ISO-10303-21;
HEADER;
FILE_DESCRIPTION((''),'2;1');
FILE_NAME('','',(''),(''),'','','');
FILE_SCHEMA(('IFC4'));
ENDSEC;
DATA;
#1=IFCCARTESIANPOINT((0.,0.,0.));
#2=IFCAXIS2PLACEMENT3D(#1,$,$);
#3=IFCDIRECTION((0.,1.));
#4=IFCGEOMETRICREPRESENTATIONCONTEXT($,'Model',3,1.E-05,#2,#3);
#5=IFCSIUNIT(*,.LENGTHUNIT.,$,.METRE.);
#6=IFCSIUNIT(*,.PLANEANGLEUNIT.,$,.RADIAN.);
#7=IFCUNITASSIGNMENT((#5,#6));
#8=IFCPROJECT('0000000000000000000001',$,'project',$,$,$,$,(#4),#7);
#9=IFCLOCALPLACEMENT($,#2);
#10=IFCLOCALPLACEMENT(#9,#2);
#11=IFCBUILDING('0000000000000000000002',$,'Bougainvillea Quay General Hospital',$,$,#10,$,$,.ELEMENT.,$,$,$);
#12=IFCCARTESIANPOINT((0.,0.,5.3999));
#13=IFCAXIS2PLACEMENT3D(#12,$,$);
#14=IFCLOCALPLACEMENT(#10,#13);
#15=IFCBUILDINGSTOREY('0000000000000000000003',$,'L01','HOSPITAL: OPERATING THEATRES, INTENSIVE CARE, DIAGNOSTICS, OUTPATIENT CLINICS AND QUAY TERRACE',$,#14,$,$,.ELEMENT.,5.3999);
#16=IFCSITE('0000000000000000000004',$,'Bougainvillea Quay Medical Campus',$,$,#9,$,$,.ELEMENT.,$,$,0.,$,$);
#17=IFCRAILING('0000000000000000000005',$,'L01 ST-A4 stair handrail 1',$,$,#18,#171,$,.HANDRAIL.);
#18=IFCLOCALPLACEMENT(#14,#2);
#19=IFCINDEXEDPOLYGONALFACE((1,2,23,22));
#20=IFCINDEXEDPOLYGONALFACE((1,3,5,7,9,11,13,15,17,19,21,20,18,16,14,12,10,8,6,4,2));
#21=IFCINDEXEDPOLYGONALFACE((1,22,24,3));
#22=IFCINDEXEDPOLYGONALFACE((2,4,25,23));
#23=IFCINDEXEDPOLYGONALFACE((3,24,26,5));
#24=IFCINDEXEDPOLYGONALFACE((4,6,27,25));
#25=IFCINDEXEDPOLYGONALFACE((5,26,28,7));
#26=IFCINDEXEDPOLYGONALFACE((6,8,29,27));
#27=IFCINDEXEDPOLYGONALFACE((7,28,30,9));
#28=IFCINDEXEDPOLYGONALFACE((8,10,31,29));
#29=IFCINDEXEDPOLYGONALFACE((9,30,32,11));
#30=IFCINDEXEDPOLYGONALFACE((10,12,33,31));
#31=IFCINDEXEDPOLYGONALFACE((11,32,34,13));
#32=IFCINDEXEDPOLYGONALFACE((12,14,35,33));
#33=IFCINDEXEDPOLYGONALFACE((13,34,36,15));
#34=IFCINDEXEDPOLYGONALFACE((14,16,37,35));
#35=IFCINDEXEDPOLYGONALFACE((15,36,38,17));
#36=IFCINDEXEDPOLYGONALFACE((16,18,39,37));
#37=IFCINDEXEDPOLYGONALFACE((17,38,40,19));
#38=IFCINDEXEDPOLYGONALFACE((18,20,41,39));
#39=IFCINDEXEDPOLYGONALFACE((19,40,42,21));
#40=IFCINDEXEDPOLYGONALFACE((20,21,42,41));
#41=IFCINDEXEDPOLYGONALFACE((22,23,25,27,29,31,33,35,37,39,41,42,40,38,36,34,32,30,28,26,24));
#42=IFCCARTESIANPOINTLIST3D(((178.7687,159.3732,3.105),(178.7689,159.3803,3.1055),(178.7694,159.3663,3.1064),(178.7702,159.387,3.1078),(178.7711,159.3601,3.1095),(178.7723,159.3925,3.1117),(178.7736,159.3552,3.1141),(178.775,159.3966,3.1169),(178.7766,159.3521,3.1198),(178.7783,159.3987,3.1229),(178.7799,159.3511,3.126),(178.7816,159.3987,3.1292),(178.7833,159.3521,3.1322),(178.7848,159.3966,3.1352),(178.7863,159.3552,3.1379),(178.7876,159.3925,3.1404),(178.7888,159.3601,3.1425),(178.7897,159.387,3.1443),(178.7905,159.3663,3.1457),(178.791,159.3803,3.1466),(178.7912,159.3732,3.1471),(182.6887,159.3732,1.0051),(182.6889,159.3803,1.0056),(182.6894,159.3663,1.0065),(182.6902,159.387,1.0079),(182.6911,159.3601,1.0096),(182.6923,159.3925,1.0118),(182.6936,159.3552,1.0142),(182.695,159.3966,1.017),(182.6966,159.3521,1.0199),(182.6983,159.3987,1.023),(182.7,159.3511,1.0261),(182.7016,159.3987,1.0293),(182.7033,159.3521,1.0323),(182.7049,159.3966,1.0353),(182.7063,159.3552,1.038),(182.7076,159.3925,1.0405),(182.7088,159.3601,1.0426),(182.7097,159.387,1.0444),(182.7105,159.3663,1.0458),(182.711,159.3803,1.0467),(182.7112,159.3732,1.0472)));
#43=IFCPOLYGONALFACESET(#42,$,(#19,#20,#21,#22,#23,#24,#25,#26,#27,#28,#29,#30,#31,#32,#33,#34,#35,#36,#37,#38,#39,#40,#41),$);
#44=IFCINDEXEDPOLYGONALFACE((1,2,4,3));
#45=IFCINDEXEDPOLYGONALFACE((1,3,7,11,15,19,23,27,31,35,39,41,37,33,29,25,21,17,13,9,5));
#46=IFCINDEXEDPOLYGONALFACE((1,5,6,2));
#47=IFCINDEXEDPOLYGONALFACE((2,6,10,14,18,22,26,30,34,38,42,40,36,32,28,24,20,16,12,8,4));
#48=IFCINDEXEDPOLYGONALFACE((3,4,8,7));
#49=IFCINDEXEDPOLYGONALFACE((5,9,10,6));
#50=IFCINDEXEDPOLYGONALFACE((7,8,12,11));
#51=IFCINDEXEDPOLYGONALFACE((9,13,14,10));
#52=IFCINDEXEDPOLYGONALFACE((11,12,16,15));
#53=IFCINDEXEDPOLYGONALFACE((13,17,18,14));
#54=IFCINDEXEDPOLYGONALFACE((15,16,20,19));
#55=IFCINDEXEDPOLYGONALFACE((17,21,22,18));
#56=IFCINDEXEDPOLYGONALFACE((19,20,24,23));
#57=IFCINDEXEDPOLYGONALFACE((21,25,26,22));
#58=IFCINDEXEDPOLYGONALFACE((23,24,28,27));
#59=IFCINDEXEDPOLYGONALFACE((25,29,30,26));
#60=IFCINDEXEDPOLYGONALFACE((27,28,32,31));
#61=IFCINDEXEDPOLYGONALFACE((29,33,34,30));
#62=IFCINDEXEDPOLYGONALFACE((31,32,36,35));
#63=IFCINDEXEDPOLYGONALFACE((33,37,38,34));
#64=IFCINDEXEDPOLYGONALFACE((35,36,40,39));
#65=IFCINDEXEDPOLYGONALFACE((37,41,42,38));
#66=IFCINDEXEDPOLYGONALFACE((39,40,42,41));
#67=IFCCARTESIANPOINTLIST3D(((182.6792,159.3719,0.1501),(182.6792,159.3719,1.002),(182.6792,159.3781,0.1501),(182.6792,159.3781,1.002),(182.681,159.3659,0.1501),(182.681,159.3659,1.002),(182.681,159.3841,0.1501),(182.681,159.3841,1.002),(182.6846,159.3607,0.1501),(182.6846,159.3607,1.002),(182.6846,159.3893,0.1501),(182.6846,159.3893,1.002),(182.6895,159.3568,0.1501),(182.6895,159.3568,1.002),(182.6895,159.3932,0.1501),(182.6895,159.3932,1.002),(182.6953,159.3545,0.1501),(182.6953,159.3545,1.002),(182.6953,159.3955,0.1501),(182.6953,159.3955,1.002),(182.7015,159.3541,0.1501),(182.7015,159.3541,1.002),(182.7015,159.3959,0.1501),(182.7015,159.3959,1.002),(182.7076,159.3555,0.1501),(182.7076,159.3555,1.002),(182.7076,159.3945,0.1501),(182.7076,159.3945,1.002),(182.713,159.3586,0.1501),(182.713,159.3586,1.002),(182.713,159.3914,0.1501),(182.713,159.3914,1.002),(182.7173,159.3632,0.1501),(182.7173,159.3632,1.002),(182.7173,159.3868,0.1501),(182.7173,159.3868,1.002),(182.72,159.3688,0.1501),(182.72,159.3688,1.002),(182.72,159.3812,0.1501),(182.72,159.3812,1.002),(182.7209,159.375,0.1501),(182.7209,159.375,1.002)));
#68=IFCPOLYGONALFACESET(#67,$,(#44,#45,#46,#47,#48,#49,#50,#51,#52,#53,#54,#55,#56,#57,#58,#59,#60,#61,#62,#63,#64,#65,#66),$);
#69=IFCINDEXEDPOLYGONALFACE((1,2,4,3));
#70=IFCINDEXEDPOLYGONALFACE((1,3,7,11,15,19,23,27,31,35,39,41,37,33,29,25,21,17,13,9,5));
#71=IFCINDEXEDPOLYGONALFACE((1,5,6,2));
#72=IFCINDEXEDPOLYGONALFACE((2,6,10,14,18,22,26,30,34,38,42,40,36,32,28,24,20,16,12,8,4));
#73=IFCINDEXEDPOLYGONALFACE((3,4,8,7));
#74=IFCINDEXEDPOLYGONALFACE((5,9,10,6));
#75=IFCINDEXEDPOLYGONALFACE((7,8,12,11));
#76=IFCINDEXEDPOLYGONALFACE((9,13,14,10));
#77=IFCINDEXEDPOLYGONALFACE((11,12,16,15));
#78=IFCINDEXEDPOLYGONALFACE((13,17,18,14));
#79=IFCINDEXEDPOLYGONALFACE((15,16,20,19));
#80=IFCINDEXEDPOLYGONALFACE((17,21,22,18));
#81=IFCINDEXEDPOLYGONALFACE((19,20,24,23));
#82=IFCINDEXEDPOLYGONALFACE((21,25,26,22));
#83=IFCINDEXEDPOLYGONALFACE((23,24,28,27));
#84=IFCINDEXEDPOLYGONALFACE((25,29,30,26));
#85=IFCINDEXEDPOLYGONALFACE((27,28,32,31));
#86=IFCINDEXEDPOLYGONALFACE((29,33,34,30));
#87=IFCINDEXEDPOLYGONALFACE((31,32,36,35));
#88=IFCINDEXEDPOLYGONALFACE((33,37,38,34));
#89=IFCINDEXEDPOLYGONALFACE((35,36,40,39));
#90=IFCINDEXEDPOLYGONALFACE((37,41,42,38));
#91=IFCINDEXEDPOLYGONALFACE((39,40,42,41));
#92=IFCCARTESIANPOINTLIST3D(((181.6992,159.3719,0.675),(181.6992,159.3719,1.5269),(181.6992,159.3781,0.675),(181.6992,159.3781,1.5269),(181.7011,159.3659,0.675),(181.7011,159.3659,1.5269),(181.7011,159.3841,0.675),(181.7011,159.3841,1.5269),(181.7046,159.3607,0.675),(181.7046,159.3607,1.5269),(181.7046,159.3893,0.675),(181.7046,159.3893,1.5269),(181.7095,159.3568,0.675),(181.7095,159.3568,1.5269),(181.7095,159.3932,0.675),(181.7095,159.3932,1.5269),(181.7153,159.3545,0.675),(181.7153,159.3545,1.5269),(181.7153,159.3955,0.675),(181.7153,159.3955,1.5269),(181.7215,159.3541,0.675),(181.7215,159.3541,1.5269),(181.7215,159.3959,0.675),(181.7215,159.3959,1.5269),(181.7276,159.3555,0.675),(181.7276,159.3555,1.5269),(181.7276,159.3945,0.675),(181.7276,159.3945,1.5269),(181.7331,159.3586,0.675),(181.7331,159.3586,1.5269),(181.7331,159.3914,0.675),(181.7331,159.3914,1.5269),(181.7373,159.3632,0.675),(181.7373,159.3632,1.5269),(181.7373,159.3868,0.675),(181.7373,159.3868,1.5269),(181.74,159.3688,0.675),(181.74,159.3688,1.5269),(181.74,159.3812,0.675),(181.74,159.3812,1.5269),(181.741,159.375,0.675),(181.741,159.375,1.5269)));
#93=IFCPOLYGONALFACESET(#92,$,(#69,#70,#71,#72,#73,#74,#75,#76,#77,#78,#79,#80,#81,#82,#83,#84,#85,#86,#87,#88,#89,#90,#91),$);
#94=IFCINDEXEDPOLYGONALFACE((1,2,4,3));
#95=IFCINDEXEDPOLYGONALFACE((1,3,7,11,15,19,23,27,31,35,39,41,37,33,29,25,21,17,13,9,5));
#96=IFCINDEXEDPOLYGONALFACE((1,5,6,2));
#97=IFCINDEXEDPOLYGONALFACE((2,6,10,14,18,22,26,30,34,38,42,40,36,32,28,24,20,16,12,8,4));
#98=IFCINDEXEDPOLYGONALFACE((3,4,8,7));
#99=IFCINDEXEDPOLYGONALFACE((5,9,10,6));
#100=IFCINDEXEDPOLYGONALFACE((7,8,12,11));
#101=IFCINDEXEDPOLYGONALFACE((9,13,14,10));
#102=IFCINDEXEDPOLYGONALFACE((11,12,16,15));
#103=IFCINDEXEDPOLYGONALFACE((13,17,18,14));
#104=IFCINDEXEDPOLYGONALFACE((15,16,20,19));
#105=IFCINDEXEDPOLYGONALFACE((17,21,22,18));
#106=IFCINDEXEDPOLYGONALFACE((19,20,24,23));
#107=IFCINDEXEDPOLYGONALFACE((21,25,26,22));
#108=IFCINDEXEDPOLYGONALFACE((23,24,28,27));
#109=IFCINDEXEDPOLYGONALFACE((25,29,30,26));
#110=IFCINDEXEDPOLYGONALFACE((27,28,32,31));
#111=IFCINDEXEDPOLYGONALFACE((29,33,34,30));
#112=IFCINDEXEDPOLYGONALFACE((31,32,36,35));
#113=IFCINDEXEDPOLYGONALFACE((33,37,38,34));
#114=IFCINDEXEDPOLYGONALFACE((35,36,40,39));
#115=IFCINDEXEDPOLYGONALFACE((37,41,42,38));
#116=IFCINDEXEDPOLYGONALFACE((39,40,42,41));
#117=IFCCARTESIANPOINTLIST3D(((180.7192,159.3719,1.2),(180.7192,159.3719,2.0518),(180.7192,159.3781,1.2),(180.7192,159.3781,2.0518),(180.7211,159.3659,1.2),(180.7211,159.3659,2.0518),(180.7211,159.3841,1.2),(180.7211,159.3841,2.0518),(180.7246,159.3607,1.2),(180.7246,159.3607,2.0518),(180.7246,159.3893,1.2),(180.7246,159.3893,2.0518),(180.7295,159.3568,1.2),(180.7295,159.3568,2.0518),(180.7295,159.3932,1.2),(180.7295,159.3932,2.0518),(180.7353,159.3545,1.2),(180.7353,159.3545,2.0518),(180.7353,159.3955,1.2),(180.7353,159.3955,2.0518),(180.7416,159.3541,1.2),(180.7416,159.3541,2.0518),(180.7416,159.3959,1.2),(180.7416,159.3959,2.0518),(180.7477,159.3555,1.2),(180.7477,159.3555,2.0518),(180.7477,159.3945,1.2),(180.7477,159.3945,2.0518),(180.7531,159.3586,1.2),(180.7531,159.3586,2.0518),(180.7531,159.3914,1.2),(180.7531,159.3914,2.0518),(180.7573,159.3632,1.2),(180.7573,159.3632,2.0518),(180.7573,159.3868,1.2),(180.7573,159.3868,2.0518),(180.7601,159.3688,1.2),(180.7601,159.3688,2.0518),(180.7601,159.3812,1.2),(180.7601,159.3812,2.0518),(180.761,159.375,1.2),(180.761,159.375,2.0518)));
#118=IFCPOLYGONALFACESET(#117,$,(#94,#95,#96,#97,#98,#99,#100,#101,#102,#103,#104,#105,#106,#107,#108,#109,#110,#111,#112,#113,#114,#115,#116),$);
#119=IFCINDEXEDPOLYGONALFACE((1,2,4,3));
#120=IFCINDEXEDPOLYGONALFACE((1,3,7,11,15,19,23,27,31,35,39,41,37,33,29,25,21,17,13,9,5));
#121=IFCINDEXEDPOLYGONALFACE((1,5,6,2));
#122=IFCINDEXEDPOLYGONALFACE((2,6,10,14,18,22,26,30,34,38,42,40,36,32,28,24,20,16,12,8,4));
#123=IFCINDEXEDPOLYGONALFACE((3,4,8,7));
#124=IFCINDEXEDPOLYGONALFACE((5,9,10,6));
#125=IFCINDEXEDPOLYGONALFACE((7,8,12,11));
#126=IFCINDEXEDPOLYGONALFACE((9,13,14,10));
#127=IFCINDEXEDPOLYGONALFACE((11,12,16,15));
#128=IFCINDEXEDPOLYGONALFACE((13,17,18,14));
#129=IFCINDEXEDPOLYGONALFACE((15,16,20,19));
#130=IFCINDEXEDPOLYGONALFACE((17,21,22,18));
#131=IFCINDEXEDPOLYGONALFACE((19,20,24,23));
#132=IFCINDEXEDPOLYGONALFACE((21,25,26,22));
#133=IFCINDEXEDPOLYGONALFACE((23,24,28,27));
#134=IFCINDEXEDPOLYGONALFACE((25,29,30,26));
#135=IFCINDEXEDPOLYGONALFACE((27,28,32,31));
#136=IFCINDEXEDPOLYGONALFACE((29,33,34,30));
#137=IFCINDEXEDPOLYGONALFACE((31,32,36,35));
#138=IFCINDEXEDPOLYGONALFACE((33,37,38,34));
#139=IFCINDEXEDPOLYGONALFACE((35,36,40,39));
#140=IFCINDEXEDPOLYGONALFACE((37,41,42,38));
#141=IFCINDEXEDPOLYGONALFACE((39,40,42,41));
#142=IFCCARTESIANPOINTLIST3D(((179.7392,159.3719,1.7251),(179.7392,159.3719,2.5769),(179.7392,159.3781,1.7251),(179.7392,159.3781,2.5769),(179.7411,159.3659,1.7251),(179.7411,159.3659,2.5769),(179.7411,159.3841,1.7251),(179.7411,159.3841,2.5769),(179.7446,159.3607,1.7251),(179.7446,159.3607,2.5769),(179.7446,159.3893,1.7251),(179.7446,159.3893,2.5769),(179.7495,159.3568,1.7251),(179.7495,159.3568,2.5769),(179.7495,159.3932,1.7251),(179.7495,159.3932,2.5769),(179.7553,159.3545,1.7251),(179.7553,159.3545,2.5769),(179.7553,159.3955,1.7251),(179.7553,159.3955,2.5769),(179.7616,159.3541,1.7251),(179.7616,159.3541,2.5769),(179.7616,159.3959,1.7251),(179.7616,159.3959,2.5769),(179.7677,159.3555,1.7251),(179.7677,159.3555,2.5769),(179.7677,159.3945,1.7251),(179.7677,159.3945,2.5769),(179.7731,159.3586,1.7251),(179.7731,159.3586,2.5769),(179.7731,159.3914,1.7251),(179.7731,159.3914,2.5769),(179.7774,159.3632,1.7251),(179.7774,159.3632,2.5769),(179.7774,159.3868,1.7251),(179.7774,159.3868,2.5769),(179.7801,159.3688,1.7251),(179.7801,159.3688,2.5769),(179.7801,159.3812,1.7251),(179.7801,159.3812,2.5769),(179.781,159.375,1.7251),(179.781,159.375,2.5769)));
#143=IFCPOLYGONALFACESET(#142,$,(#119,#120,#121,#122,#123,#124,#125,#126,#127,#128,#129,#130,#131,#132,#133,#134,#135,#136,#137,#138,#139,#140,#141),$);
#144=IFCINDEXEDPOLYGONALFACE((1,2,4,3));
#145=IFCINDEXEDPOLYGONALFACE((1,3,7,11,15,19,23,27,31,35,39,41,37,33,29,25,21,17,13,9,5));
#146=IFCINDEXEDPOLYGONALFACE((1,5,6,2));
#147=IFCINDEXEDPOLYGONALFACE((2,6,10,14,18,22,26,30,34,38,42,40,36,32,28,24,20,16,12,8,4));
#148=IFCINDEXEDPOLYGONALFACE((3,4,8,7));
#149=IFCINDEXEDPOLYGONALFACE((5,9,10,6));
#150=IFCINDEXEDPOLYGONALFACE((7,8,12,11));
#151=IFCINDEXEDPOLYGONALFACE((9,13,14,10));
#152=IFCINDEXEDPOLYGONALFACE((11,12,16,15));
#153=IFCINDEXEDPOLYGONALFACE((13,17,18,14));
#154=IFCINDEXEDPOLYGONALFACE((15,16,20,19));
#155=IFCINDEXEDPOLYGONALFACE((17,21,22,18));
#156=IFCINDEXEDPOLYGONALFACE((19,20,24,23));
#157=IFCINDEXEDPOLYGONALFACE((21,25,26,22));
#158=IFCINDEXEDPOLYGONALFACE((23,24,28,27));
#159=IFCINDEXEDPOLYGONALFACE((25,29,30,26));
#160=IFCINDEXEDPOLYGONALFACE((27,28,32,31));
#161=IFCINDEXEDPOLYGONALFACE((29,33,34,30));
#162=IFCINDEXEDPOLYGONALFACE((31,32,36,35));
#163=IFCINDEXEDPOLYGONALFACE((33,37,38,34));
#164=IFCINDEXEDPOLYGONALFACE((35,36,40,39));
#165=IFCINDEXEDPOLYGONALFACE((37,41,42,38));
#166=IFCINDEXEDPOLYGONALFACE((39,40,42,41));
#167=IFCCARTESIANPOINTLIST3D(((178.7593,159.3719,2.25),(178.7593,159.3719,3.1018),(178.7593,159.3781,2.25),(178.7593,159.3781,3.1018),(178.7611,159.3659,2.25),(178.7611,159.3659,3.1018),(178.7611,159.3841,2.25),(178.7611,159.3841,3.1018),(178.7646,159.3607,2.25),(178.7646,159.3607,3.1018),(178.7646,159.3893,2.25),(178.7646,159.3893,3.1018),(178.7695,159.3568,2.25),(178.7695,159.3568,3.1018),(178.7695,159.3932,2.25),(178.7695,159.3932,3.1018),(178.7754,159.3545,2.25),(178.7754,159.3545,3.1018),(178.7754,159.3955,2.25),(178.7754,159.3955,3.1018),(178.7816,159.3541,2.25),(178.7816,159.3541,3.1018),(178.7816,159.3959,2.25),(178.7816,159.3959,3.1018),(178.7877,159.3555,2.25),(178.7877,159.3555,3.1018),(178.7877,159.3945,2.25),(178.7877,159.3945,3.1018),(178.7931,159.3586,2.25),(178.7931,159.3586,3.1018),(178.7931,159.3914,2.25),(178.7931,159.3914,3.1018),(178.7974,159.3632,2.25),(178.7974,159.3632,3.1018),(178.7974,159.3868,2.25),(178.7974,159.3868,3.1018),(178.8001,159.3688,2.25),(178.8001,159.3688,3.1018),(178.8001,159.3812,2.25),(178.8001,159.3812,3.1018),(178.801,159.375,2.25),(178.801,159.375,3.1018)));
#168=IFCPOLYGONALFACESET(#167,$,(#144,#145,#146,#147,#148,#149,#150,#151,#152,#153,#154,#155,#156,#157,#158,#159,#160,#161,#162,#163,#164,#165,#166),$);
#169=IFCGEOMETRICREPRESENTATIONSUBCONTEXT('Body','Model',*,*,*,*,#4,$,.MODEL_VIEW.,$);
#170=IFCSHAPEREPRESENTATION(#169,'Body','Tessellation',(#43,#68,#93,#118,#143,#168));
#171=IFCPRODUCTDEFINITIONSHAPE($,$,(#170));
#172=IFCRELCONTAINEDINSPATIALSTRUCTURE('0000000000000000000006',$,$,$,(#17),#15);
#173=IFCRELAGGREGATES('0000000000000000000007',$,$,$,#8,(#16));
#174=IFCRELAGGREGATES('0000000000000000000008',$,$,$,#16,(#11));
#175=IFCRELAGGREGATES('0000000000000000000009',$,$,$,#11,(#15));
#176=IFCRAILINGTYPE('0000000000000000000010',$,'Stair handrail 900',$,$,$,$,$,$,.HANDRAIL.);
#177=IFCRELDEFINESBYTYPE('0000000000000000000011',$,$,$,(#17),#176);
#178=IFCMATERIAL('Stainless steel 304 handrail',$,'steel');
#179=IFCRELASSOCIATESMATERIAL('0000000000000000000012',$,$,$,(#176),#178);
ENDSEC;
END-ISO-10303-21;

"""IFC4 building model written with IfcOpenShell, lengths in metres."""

from ifc_helpers import new_model, si_unit, direction, frame, origin, origin_2d, place, context, subcontext, project, spatial, circle, extrude, material, type_object, element, save


model = new_model("IFC4")

# Units and contexts
model_context = context("Model", 3, precision=1e-05, world=origin(), true_north=direction((0.0, 1.0)))
body_context = subcontext(model_context, "Body", "Model", "MODEL_VIEW")
ifc_project = project(units=[si_unit("LENGTHUNIT", "METRE"), si_unit("PLANEANGLEUNIT", "RADIAN")], contexts=[model_context])

# Site, building, storey
site_placement = place(None, origin())
site = spatial("IfcSite", under=ifc_project, at=site_placement, Name="Bougainvillea Quay Medical Campus", CompositionType="ELEMENT", RefElevation=0.0)
building_placement = place(site_placement, origin())
building = spatial("IfcBuilding", under=site, at=building_placement, Name="Bougainvillea Quay General Hospital", CompositionType="ELEMENT")
storey_placement = place(building_placement, frame((0.0, 0.0, 5.3999)))
storey = spatial("IfcBuildingStorey", under=building, at=storey_placement, Name="L01", Description="HOSPITAL: OPERATING THEATRES, INTENSIVE CARE, DIAGNOSTICS, OUTPATIENT CLINICS AND QUAY TERRACE", CompositionType="ELEMENT", Elevation=5.3999)

# Railing
ifc_material_1 = material(Name="Stainless steel 304 handrail", Category="steel")
railing_type_1 = type_object("IfcRailingType", Name="Stair handrail 900", PredefinedType="HANDRAIL", material=ifc_material_1)
railing_1_placement = place(storey_placement, frame((182.7, 159.375, 0.1501)))
element("IfcRailing", 1, at=railing_1_placement, inside=storey, type_object=railing_type_1, Name="L01 ST-A4 stair handrail 1", PredefinedType="HANDRAIL", context=body_context, shape_type="SweptSolid", body=[
    extrude(circle(Radius=0.0239, at=origin_2d()), frame((0.0, 0.0, 0.876), z_axis=(-0.88149, 0.0, 0.472203), x_axis=(0.0, -1.0, 0.0)), (0.0, 0.0, 1.0), 4.447),
    extrude(circle(Radius=0.021, at=origin_2d()), origin(), (0.0, 0.0, 1.0), 0.8518),
    extrude(circle(Radius=0.021, at=origin_2d()), frame((-0.98, 0.0, 0.5249)), (0.0, 0.0, 1.0), 0.8518),
    extrude(circle(Radius=0.021, at=origin_2d()), frame((-1.96, 0.0, 1.0498)), (0.0, 0.0, 1.0), 0.8518),
    extrude(circle(Radius=0.021, at=origin_2d()), frame((-2.9399, 0.0, 1.575)), (0.0, 0.0, 1.0), 0.8518),
    extrude(circle(Radius=0.021, at=origin_2d()), frame((-3.9199, 0.0, 2.0999)), (0.0, 0.0, 1.0), 0.8518),
])

save(model, "model.ifc")
